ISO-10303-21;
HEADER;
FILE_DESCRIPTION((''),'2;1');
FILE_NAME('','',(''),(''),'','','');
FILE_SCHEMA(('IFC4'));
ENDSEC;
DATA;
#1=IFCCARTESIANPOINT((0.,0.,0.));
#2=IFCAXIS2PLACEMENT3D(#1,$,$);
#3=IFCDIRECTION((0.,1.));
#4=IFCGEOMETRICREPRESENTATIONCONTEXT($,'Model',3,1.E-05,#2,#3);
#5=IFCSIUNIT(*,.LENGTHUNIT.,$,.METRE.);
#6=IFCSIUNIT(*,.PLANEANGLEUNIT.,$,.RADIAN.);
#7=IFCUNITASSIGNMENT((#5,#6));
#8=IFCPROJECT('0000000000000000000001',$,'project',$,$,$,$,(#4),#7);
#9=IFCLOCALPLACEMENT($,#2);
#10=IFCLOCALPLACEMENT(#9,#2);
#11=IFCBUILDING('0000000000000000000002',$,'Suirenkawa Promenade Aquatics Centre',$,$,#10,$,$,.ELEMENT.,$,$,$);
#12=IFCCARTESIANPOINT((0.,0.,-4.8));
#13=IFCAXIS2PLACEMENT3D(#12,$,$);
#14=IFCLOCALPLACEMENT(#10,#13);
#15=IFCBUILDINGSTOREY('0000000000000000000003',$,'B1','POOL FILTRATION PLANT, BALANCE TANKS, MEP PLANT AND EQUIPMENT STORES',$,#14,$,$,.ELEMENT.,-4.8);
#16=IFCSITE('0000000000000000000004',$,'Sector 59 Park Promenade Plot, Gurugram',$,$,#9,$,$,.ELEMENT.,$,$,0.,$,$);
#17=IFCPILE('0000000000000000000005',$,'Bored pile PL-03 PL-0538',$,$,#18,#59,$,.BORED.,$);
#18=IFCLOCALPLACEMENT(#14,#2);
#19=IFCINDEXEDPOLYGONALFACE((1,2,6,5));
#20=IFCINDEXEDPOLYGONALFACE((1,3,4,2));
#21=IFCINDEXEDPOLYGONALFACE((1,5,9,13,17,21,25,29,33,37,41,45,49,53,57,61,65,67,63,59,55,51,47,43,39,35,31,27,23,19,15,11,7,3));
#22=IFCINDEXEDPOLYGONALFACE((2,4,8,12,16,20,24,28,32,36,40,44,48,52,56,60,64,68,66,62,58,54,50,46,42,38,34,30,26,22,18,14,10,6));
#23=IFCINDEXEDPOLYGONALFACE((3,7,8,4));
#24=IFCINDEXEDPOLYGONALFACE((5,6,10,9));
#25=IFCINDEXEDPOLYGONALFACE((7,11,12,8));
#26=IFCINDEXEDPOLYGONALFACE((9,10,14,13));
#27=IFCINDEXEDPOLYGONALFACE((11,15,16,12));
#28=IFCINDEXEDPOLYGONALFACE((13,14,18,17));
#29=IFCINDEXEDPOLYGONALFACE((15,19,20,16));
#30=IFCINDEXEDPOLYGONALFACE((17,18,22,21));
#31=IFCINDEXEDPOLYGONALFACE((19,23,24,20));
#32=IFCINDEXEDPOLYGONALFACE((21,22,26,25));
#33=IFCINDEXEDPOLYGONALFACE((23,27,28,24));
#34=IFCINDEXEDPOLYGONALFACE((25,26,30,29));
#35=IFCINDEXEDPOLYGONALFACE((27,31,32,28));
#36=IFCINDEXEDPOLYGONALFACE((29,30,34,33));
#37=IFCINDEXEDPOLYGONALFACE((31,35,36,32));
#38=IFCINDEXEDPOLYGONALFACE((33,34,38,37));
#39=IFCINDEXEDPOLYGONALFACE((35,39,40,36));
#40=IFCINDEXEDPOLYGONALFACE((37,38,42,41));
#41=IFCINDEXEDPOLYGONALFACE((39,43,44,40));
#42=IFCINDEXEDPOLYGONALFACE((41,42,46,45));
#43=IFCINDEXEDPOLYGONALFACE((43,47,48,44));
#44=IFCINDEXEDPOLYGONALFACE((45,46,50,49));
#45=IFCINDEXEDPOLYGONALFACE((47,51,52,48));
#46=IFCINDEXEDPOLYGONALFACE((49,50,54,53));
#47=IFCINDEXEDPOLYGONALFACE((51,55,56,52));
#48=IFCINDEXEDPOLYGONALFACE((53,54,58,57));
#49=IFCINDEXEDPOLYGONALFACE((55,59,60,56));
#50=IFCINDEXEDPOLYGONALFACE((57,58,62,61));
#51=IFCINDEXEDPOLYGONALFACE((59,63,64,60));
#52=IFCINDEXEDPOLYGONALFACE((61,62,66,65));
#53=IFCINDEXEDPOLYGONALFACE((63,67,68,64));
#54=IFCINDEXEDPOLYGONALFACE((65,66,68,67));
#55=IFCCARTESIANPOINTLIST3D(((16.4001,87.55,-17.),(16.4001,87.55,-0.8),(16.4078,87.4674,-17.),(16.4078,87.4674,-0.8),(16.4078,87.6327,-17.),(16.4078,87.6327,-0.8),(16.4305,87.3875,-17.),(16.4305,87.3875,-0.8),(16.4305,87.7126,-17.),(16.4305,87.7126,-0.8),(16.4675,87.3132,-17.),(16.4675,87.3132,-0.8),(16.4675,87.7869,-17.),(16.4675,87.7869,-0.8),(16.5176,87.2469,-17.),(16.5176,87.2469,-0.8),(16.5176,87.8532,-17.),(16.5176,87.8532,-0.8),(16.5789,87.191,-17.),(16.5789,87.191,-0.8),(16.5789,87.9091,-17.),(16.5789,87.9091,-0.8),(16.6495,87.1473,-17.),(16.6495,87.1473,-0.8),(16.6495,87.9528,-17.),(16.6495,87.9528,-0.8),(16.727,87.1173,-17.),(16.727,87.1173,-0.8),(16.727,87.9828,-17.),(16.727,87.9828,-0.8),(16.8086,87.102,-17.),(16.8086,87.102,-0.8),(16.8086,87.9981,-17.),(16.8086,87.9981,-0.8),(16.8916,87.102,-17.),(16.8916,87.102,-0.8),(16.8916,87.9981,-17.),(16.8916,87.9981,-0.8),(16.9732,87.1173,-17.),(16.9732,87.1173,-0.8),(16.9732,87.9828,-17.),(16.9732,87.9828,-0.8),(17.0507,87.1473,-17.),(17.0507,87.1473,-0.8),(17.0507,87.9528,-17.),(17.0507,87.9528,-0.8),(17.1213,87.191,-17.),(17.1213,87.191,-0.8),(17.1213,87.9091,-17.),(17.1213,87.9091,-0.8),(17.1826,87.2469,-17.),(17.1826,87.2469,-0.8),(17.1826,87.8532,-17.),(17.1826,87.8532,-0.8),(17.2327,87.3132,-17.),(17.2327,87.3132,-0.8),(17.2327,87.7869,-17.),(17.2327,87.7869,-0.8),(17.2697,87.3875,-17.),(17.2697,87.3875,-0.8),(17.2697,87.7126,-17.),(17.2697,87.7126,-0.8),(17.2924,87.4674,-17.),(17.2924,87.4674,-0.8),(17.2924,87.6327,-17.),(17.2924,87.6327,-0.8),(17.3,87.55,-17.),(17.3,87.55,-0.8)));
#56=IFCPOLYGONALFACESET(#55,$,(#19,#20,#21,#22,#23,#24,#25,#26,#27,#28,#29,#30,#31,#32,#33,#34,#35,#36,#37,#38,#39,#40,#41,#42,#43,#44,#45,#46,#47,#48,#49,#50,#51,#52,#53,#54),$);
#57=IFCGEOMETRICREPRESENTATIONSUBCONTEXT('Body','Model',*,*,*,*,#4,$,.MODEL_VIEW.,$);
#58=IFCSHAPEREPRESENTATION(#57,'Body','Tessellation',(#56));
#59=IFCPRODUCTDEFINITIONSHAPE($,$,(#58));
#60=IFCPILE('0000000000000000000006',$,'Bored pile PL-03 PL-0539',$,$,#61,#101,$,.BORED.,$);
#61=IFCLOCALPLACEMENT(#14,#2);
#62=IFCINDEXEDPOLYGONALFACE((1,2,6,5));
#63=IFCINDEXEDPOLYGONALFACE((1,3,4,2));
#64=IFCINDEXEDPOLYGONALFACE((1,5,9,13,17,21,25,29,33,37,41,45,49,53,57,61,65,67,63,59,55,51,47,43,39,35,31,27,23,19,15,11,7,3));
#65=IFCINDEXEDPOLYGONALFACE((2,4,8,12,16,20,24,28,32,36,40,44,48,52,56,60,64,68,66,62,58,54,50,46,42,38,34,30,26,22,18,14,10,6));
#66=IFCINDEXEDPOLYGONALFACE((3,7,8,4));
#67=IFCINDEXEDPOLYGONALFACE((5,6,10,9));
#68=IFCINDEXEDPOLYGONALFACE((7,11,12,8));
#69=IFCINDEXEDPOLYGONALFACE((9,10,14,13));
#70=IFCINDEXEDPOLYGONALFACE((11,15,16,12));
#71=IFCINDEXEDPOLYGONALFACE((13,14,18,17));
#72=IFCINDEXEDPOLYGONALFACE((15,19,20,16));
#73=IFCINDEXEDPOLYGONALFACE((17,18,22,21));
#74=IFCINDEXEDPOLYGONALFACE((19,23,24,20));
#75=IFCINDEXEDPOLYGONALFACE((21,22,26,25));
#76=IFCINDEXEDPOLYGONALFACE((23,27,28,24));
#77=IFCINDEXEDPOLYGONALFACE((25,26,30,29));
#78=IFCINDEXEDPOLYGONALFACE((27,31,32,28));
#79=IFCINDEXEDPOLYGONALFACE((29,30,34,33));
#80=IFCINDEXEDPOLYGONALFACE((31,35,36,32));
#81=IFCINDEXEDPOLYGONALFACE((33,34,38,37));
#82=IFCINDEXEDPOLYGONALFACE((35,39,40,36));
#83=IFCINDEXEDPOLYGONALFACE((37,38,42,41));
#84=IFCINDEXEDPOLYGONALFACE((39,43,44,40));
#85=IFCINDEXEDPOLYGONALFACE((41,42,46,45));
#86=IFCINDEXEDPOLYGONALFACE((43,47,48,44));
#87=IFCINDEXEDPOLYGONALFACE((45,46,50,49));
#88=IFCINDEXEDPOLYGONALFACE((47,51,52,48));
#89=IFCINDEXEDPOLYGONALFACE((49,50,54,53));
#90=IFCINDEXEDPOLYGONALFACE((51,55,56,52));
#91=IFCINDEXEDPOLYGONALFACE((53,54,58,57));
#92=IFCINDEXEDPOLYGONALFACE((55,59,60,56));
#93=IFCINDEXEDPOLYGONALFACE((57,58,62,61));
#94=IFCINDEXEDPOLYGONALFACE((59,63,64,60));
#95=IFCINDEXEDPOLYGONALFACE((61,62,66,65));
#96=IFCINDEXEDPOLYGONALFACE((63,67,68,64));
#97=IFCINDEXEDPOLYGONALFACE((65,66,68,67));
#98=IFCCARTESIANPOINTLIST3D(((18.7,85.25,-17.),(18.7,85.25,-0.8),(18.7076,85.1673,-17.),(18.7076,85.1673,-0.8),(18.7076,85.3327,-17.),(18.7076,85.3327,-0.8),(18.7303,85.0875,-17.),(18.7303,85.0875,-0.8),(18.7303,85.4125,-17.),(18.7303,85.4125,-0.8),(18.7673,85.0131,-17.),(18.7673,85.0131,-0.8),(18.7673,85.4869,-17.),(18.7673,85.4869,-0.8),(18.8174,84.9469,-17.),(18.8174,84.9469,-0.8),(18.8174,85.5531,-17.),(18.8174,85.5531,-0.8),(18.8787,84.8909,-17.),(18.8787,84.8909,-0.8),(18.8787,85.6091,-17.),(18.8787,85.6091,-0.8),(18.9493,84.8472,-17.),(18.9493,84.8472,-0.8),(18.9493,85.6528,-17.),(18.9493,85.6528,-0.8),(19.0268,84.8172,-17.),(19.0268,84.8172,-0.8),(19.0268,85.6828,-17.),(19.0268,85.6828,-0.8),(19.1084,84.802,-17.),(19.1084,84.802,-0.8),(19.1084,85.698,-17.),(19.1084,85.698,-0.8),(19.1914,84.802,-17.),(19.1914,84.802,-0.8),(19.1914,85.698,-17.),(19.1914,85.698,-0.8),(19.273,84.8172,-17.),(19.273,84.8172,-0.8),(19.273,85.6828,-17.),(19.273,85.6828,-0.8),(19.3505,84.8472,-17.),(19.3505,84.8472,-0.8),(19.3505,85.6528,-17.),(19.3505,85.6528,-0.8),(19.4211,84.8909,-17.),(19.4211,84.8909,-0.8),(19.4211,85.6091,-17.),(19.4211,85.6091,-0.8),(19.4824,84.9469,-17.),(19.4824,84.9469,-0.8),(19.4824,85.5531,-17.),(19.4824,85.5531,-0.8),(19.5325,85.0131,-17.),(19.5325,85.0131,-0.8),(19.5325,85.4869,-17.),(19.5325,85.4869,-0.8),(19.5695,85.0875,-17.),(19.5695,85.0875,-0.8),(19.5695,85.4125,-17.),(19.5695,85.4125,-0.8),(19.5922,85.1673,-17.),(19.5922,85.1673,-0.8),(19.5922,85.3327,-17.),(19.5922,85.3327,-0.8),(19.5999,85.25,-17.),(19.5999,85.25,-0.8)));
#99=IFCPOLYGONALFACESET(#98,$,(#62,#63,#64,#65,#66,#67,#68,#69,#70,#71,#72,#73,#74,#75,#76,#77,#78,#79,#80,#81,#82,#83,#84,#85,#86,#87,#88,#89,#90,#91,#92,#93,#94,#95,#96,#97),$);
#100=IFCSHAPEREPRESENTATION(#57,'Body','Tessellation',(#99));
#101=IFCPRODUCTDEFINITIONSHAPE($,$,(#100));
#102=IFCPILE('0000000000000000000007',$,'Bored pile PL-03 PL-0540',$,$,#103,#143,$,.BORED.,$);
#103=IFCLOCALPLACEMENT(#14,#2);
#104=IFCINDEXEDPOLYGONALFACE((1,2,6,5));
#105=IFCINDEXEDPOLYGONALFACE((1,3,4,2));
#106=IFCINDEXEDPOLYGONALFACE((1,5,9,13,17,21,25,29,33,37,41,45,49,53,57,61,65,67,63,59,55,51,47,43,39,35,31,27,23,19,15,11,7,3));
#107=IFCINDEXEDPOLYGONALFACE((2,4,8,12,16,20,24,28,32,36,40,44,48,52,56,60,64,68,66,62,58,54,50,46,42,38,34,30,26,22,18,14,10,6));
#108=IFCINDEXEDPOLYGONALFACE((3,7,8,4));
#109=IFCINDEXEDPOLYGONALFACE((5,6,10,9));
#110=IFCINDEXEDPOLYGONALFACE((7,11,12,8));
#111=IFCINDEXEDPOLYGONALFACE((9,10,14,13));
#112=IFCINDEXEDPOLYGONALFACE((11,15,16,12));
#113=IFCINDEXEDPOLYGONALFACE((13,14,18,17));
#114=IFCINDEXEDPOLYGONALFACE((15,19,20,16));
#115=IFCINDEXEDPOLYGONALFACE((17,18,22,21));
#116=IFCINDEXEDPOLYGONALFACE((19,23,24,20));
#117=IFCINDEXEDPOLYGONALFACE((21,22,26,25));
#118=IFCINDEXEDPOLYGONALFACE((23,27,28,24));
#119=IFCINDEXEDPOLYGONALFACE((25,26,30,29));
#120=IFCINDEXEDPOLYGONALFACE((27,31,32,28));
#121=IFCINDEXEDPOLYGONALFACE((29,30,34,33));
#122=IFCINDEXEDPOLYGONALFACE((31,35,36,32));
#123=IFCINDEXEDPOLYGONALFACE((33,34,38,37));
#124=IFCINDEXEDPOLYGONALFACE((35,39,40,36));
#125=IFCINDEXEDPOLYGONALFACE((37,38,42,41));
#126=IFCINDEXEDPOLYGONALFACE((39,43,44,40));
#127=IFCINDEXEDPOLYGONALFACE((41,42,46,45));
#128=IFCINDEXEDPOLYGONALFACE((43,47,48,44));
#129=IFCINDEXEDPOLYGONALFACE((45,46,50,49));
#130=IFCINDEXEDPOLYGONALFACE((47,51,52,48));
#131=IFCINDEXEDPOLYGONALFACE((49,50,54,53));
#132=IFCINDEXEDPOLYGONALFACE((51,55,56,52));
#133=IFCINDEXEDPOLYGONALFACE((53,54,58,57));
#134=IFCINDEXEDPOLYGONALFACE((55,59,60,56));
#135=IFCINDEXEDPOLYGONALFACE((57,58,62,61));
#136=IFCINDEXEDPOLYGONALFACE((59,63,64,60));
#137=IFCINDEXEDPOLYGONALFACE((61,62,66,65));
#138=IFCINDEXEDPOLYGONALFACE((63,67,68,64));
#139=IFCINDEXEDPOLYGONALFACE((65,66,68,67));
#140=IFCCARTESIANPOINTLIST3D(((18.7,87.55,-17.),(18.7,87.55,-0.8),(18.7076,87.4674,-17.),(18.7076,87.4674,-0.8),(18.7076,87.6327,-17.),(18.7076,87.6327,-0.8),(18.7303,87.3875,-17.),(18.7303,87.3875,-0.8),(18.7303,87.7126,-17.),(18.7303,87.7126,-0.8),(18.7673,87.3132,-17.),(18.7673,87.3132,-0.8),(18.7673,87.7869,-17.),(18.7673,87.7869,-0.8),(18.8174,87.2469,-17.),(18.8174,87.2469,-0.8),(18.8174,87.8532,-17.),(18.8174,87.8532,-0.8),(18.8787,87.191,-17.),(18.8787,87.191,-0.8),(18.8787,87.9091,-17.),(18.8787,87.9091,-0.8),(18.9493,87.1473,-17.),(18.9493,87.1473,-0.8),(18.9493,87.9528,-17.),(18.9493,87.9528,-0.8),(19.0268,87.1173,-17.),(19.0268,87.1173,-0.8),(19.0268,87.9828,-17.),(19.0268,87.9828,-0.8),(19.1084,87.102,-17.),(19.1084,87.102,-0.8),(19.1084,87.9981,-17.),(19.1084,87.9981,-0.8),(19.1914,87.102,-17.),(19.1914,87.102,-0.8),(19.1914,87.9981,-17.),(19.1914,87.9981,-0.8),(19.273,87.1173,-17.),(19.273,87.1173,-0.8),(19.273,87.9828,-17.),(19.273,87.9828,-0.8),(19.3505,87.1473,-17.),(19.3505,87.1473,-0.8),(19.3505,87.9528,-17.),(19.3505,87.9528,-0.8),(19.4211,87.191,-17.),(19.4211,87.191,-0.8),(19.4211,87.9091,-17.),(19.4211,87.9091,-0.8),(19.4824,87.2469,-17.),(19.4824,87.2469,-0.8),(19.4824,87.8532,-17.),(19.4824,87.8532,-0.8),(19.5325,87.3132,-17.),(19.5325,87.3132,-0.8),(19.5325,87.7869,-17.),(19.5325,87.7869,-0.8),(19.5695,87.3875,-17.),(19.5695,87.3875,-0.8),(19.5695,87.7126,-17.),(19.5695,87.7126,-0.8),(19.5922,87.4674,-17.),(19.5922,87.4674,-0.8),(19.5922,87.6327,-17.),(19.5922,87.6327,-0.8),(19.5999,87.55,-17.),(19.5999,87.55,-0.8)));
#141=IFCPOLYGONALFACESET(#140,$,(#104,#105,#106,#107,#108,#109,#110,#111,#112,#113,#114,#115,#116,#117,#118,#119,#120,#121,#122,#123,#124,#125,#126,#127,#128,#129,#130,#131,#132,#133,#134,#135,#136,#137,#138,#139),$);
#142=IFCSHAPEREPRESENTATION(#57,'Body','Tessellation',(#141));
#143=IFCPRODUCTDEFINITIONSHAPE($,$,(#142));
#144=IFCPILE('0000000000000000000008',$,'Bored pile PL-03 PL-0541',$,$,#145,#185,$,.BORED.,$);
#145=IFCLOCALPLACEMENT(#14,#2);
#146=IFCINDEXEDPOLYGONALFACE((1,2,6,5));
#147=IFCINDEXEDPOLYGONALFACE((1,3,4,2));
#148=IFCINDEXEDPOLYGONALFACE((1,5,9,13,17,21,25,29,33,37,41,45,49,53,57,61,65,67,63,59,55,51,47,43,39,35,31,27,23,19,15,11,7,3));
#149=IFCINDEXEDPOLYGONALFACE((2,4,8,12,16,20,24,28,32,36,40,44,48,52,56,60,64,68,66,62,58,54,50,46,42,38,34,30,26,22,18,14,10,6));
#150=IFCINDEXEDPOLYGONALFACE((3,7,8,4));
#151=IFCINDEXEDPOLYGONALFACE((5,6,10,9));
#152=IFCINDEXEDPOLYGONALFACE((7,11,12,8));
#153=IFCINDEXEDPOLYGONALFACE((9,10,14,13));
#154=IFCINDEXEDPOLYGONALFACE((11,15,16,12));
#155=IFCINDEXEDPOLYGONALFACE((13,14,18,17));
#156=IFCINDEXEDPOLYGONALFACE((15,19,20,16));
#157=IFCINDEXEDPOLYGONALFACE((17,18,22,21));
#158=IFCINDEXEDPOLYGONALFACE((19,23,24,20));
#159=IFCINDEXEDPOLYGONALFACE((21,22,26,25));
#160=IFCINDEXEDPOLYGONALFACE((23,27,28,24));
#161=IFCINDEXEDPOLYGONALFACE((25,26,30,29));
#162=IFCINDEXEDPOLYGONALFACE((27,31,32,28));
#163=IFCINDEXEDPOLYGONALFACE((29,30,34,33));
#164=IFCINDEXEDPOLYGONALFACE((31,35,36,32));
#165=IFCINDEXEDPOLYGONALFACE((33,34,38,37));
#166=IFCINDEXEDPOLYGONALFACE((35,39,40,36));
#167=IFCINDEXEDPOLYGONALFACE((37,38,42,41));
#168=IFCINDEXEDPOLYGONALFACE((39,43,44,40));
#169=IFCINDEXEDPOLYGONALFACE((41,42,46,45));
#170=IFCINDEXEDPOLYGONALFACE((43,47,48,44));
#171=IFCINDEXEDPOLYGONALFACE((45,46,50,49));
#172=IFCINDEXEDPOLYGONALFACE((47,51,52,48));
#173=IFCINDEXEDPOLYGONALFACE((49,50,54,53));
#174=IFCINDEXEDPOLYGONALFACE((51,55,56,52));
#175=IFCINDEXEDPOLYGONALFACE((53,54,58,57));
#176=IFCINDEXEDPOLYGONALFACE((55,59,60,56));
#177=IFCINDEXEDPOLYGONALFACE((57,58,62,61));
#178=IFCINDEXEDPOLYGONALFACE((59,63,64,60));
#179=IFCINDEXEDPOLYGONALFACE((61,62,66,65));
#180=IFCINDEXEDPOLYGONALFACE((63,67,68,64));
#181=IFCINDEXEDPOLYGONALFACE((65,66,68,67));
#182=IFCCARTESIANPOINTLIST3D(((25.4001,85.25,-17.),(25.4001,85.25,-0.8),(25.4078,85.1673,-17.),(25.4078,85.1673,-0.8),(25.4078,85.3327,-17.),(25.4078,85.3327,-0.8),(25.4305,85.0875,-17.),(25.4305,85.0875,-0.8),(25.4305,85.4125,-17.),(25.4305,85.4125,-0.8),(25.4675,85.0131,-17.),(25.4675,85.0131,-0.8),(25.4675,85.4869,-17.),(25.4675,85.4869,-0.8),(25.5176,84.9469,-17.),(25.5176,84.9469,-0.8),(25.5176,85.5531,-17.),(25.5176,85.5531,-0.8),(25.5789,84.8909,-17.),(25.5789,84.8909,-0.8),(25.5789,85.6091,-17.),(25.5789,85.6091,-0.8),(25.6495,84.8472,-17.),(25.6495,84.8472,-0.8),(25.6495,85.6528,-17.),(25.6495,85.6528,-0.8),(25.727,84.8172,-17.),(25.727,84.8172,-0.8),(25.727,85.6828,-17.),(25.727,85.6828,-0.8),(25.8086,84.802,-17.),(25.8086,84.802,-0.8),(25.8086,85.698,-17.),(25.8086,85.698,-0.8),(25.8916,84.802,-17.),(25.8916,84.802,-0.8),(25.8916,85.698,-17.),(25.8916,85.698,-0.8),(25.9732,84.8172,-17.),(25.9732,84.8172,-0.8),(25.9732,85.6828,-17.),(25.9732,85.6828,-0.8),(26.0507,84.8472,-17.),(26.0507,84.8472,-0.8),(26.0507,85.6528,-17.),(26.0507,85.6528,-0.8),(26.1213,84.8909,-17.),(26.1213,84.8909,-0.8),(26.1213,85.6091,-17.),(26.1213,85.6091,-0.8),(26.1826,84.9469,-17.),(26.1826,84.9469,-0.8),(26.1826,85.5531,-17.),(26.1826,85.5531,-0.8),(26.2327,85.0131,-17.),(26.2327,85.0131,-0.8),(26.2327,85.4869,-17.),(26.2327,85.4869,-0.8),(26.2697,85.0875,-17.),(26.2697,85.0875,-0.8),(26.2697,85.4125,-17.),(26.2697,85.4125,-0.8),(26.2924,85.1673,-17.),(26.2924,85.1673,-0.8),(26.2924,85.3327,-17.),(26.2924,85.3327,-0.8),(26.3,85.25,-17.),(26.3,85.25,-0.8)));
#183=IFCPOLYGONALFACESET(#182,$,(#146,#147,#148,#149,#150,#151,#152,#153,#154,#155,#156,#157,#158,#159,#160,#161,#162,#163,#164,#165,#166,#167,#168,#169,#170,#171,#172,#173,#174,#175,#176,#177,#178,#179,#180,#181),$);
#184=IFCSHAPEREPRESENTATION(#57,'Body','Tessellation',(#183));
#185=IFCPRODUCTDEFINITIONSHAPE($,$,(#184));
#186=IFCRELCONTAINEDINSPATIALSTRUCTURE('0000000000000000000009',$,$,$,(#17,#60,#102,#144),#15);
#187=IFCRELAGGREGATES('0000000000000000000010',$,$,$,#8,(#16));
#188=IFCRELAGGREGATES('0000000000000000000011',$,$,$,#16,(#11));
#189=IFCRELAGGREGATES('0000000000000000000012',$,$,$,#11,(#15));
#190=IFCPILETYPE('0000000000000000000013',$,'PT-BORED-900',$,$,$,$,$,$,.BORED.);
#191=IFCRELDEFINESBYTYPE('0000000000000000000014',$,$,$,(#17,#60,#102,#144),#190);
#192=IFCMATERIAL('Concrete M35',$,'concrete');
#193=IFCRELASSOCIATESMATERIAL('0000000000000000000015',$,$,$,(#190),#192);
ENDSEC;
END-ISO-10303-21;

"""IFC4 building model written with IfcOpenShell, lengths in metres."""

from ifc_helpers import new_model, si_unit, direction, frame, origin, origin_2d, place, context, subcontext, project, spatial, circle, extrude, material, material_profile, profile_set, type_object, element, save


model = new_model("IFC4")

# Units and contexts
model_context = context("Model", 3, precision=1e-05, world=origin(), true_north=direction((0.0, 1.0)))
body_context = subcontext(model_context, "Body", "Model", "MODEL_VIEW")
ifc_project = project(units=[si_unit("LENGTHUNIT", "METRE"), si_unit("PLANEANGLEUNIT", "RADIAN")], contexts=[model_context])

# Site, building, storey
site_placement = place(None, origin())
site = spatial("IfcSite", under=ifc_project, at=site_placement, Name="Sector 59 Park Promenade Plot, Gurugram", CompositionType="ELEMENT", RefElevation=0.0)
building_placement = place(site_placement, origin())
building = spatial("IfcBuilding", under=site, at=building_placement, Name="Suirenkawa Promenade Aquatics Centre", CompositionType="ELEMENT")
storey_placement = place(building_placement, frame((0.0, 0.0, -4.8)))
storey = spatial("IfcBuildingStorey", under=building, at=storey_placement, Name="B1", Description="POOL FILTRATION PLANT, BALANCE TANKS, MEP PLANT AND EQUIPMENT STORES", CompositionType="ELEMENT", Elevation=-4.8)

# Shared definitions
ifc_material_1 = material(Name="Concrete M35", Category="concrete")

# Piles
ifc_material_profile_1 = material_profile(ifc_material_1, circle(Radius=0.45, at=origin_2d()), Name="PILE D900", Category="concrete")
ifc_profile_set_1 = profile_set([ifc_material_profile_1], Name="Concrete M35")
pile_type = type_object("IfcPileType", Name="PT-BORED-900", PredefinedType="BORED", material=ifc_profile_set_1)
for number, where, z_axis, x_axis, name in (
    (1, (16.8501, 87.55, -0.8), (0.0, 0.0, -1.0), (1.0, 0.0, 0.0), "Bored pile PL-03 PL-0538"),
    (2, (19.1499, 85.25, -0.8), (0.0, 0.0, -1.0), (1.0, 0.0, 0.0), "Bored pile PL-03 PL-0539"),
    (3, (19.1499, 87.55, -0.8), (0.0, 0.0, -1.0), (1.0, 0.0, 0.0), "Bored pile PL-03 PL-0540"),
    (4, (25.8501, 85.25, -0.8), (0.0, 0.0, -1.0), (1.0, 0.0, 0.0), "Bored pile PL-03 PL-0541"),
):
    element("IfcPile", number, at=place(storey_placement, frame(where, z_axis=z_axis, x_axis=x_axis)), inside=storey, type_object=pile_type, Name=name, PredefinedType="BORED", context=body_context, shape_type="SweptSolid", body=[
        extrude(circle(Radius=0.45, at=origin_2d()), origin(), (0.0, 0.0, 1.0), 16.2),
    ])

save(model, "model.ifc")
